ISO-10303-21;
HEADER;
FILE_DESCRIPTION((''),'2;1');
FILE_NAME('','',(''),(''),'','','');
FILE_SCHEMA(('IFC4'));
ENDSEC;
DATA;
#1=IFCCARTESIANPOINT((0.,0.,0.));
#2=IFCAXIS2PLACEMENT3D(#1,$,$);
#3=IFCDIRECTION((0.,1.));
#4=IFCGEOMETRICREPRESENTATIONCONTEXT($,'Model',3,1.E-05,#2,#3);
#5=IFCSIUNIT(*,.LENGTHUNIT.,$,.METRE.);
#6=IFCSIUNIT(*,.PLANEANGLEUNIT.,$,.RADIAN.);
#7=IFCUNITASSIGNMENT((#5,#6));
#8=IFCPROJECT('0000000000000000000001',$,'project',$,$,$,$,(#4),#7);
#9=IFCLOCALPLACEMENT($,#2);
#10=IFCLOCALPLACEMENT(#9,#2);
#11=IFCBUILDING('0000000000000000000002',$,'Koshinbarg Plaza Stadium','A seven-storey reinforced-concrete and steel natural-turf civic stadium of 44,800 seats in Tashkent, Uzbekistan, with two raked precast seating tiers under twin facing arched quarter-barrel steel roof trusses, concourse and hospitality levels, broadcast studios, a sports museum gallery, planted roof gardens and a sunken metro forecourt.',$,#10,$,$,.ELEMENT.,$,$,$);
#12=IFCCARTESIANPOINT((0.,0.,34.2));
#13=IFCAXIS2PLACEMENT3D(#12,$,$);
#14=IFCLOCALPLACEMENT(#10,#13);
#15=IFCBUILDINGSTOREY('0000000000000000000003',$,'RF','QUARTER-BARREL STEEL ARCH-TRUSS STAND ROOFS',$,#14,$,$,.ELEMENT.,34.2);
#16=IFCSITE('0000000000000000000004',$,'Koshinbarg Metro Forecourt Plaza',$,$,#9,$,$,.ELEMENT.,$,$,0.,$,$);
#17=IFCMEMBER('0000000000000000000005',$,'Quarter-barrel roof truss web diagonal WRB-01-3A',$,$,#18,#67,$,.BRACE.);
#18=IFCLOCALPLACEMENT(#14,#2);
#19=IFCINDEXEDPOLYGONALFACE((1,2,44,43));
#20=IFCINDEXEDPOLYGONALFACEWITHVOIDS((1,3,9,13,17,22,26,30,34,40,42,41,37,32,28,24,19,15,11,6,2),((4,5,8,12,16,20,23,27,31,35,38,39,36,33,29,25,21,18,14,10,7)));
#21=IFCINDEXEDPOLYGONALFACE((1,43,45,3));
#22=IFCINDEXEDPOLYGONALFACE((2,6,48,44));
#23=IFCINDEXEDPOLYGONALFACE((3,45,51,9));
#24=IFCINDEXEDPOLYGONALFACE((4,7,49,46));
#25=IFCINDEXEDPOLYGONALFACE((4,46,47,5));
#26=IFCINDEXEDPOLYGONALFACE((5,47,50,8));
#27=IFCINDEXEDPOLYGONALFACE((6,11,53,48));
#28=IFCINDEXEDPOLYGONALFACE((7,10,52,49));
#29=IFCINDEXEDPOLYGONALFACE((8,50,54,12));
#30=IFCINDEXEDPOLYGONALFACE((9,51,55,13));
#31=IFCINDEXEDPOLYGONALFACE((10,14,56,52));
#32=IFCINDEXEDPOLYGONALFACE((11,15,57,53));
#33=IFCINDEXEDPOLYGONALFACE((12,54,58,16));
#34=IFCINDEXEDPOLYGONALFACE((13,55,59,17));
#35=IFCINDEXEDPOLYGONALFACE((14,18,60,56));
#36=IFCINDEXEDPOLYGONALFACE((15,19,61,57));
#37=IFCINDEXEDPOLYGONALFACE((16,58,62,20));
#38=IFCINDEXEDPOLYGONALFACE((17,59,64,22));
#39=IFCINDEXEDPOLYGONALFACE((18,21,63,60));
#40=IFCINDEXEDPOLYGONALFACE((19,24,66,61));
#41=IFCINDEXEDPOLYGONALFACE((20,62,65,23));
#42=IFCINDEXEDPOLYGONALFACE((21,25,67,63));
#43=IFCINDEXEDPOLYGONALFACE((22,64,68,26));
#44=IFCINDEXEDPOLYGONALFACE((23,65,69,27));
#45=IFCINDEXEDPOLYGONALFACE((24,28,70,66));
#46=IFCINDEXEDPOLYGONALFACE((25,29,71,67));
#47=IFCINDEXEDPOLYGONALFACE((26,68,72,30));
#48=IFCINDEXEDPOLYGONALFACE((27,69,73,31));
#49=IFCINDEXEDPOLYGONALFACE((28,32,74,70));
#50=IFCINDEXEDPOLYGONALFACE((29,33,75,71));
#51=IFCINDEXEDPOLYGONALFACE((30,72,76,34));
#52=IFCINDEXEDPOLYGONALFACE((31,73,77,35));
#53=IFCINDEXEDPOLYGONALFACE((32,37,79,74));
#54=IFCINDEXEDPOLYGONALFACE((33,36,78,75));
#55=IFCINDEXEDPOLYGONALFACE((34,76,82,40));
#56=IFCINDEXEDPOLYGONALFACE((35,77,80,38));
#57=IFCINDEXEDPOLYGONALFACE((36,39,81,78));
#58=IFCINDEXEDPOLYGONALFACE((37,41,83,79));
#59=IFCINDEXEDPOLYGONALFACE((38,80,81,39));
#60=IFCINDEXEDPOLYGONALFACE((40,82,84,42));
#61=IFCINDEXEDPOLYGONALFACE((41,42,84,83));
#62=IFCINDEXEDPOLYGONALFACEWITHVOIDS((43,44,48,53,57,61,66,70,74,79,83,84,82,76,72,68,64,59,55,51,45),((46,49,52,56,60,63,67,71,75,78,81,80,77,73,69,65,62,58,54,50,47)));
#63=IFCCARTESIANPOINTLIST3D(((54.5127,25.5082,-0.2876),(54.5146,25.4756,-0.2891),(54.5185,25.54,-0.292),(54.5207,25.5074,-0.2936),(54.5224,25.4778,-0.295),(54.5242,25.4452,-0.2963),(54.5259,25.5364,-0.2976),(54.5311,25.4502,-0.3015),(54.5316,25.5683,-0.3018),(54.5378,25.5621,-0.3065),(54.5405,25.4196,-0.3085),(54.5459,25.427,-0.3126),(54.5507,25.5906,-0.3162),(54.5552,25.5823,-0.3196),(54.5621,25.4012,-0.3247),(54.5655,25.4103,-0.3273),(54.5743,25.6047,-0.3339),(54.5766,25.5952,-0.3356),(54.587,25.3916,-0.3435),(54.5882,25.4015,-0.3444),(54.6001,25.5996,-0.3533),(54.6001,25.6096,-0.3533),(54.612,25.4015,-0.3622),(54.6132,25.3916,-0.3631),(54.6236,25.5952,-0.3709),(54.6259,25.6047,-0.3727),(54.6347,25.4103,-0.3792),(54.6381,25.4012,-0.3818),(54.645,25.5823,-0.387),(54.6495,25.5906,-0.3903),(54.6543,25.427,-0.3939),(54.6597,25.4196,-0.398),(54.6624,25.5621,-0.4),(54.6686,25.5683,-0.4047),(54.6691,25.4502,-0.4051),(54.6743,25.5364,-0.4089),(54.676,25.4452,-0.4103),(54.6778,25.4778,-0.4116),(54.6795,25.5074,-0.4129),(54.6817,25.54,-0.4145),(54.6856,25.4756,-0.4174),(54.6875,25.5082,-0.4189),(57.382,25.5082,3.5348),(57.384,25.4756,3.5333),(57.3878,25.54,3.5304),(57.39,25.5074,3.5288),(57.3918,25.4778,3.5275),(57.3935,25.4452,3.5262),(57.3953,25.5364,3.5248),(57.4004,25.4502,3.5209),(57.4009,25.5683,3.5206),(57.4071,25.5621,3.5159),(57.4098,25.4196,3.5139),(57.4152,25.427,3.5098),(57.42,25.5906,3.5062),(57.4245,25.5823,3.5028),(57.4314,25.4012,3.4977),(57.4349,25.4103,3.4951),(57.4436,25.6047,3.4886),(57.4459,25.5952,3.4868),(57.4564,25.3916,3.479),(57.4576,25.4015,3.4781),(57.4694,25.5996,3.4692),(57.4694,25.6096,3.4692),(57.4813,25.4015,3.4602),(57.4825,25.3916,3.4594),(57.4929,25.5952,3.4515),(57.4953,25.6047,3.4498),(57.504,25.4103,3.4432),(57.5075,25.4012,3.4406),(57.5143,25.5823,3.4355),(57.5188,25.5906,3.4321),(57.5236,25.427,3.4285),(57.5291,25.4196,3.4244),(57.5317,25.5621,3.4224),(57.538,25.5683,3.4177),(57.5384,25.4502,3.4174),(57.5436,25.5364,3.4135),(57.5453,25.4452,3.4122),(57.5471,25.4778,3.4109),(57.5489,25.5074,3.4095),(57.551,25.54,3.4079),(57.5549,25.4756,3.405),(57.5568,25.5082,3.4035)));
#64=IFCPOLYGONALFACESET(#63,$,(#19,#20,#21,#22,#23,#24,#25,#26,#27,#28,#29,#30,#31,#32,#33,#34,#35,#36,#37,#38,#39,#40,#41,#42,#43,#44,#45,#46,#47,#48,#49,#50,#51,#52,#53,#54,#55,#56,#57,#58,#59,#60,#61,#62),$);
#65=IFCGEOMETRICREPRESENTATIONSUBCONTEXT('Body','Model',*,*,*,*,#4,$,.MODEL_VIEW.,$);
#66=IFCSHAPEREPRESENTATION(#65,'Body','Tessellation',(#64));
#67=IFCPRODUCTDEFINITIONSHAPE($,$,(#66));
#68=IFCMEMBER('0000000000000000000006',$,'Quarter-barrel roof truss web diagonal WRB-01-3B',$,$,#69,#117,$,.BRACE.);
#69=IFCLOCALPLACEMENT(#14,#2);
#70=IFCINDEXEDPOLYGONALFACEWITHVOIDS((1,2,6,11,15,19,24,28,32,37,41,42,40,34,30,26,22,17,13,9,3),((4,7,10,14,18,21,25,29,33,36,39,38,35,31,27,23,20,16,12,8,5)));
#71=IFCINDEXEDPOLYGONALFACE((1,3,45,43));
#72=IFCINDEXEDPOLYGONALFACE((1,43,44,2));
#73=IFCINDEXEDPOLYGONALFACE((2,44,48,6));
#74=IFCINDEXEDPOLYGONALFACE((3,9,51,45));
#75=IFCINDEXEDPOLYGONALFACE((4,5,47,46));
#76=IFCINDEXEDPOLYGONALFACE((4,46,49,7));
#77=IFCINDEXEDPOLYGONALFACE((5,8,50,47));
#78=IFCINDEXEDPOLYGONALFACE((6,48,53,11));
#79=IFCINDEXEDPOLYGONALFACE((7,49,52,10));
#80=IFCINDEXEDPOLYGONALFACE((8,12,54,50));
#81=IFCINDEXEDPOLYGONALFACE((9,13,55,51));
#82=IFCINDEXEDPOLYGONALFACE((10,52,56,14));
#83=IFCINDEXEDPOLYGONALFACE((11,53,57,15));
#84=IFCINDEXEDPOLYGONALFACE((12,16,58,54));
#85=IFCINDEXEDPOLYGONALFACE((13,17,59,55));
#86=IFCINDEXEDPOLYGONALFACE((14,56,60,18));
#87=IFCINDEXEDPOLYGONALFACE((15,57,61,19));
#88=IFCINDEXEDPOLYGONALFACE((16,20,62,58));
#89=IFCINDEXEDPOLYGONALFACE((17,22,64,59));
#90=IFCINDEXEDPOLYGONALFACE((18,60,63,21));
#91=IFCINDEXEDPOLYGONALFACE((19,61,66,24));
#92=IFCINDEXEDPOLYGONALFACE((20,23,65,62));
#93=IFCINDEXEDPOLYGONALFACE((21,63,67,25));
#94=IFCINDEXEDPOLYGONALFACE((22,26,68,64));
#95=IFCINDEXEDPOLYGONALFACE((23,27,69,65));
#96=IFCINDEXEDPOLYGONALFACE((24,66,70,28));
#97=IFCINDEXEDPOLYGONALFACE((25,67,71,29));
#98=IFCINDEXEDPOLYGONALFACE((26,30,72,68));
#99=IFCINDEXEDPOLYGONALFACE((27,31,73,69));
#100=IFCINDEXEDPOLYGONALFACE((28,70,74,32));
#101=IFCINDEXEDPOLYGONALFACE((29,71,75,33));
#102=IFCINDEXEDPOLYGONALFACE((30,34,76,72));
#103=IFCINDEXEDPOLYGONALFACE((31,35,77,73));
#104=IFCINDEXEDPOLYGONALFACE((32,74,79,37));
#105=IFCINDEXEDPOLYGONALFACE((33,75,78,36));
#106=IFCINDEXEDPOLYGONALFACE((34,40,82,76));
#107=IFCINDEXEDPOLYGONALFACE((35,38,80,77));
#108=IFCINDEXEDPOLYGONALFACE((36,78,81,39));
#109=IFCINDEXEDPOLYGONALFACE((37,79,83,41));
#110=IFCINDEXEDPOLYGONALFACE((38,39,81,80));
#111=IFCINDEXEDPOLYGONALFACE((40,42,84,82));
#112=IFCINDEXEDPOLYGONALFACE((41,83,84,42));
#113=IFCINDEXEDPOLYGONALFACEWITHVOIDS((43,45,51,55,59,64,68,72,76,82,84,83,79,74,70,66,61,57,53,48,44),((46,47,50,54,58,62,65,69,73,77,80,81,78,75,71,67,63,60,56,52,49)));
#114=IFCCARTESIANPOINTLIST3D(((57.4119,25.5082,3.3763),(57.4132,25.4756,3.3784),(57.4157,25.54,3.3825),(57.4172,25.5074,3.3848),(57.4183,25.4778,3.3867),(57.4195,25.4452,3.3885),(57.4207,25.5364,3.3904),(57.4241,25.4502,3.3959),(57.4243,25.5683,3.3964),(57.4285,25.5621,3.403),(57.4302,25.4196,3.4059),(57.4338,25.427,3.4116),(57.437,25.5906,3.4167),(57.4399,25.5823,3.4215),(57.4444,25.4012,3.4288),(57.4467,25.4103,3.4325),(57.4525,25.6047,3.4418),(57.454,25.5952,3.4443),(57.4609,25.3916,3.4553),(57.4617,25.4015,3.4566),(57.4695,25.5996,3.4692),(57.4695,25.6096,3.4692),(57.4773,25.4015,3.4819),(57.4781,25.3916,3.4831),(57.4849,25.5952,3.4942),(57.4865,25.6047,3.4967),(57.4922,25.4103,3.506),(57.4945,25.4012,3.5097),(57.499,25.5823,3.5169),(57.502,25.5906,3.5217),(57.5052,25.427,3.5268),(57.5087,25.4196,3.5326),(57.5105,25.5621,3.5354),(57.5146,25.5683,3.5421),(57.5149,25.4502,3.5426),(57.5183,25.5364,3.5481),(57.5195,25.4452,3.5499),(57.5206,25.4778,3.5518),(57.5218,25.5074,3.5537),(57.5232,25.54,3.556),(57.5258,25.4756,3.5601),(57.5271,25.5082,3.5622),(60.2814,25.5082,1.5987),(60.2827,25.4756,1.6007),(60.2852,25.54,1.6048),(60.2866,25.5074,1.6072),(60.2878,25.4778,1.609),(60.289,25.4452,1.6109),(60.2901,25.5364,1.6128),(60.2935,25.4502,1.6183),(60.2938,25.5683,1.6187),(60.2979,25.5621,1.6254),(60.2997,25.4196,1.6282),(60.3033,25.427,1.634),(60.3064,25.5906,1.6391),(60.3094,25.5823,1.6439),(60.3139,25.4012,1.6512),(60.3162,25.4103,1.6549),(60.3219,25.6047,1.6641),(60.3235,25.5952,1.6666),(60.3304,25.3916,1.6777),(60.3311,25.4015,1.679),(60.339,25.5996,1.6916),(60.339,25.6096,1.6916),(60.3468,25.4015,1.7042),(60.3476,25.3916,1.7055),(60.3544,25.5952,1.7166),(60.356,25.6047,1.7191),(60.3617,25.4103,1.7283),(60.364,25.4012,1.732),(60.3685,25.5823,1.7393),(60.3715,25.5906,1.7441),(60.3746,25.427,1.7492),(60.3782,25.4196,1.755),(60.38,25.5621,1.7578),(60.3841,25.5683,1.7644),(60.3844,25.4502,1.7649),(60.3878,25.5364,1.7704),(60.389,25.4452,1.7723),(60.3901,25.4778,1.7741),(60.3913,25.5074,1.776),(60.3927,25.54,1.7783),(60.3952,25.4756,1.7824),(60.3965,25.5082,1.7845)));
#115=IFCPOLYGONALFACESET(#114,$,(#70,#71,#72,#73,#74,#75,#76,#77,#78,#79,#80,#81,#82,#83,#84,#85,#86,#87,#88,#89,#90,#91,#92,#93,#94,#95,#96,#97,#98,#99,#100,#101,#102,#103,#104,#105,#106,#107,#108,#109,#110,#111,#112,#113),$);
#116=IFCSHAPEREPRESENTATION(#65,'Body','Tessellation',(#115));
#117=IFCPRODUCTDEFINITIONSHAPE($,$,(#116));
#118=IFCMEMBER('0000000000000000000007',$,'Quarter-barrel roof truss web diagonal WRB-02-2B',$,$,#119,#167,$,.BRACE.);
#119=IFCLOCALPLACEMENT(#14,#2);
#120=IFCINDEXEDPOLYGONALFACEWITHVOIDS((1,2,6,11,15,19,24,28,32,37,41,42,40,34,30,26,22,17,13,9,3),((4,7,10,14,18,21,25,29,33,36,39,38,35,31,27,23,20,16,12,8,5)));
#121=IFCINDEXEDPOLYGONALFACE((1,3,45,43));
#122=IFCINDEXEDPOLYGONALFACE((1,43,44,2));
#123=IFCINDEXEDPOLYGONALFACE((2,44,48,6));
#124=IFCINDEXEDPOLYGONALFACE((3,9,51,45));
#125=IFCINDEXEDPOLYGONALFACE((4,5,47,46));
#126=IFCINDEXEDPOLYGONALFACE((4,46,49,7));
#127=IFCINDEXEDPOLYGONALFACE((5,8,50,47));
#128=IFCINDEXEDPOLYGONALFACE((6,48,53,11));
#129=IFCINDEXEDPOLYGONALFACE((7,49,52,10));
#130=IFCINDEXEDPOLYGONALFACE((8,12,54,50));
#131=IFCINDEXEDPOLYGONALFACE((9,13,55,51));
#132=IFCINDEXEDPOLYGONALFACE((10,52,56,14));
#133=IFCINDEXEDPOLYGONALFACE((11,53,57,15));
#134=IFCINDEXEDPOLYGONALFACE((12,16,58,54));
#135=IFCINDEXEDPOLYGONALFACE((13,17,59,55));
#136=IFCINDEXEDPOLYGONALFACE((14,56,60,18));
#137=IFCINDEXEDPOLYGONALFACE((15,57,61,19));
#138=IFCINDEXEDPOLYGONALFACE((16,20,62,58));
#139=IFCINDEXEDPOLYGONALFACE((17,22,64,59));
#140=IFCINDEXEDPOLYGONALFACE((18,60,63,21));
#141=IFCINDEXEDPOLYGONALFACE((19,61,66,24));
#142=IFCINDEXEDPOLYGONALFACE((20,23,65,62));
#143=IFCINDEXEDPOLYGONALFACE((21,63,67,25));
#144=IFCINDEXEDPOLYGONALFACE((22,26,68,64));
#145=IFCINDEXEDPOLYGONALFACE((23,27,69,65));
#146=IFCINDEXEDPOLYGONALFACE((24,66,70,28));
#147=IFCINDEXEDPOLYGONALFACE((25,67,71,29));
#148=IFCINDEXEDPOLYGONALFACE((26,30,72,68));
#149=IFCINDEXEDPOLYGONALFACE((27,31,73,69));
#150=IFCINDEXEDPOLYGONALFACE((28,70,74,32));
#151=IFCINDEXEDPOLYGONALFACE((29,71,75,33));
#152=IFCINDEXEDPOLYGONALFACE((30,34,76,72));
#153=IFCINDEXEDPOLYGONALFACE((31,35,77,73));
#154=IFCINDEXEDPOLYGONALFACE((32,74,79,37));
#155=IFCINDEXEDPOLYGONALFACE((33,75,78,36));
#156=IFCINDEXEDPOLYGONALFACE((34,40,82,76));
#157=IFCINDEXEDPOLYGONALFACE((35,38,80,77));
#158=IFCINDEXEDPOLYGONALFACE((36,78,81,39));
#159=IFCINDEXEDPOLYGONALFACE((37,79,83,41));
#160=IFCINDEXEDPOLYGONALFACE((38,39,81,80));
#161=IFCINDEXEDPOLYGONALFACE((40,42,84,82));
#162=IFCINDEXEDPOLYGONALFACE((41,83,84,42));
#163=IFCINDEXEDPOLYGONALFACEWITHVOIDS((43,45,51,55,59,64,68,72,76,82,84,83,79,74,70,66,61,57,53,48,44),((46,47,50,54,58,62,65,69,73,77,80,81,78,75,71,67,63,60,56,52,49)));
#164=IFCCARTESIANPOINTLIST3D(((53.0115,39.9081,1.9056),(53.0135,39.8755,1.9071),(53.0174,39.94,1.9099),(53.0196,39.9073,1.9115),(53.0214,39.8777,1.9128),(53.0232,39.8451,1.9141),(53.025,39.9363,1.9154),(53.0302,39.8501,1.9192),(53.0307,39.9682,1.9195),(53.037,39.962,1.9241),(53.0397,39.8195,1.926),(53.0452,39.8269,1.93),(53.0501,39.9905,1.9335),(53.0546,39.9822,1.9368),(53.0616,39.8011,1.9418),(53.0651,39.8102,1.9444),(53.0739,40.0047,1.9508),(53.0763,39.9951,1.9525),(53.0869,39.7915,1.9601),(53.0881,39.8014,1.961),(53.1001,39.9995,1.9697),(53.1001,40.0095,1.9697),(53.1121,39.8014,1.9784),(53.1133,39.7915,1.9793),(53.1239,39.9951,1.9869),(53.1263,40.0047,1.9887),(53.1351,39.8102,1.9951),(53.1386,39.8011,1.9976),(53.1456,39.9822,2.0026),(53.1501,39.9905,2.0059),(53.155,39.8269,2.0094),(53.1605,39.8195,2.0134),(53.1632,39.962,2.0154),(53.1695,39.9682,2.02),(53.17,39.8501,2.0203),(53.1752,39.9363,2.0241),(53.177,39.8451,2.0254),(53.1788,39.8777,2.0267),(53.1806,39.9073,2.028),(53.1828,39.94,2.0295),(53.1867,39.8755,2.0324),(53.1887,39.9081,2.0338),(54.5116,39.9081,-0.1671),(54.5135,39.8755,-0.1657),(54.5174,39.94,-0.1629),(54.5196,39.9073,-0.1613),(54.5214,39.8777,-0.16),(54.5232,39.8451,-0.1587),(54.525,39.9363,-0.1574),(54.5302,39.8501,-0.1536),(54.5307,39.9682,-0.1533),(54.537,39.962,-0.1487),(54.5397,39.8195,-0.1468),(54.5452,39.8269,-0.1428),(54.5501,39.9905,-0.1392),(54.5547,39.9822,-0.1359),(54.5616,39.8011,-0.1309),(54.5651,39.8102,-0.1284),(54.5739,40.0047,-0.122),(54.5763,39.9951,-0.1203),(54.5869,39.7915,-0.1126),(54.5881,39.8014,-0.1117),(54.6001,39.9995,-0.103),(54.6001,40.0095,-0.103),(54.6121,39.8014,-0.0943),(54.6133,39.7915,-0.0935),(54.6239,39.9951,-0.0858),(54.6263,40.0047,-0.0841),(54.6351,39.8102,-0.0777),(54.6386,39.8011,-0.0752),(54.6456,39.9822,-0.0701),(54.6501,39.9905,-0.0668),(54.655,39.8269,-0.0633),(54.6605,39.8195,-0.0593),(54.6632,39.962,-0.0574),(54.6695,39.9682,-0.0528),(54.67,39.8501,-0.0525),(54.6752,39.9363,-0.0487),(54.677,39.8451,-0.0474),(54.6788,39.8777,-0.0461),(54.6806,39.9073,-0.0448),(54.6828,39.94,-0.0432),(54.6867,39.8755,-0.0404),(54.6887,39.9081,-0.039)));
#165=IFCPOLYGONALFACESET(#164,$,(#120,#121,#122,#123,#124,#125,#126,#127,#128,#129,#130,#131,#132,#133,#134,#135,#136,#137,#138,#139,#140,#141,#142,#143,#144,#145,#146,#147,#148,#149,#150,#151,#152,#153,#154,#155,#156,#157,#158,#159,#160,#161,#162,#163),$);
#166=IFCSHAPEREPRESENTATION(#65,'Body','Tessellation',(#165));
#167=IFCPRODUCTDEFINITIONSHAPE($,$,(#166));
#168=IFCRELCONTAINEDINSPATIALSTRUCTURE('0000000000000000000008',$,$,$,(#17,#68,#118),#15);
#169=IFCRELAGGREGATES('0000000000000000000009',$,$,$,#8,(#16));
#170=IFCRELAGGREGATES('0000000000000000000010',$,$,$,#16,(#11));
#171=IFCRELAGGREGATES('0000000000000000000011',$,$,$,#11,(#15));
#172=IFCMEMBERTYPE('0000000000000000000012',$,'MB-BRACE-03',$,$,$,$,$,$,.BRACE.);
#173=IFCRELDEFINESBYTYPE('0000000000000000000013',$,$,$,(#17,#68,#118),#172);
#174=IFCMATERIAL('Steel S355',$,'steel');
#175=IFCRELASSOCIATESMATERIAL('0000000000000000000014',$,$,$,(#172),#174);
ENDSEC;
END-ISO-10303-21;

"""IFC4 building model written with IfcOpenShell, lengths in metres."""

from ifc_helpers import new_model, si_unit, direction, frame, origin, origin_2d, place, context, subcontext, project, spatial, hollow_circle, extrude, material, material_profile, profile_set, type_object, element, save


model = new_model("IFC4")

# Units and contexts
model_context = context("Model", 3, precision=1e-05, world=origin(), true_north=direction((0.0, 1.0)))
body_context = subcontext(model_context, "Body", "Model", "MODEL_VIEW")
ifc_project = project(units=[si_unit("LENGTHUNIT", "METRE"), si_unit("PLANEANGLEUNIT", "RADIAN")], contexts=[model_context])

# Site, building, storey
site_placement = place(None, origin())
site = spatial("IfcSite", under=ifc_project, at=site_placement, Name="Koshinbarg Metro Forecourt Plaza", CompositionType="ELEMENT", RefElevation=0.0)
building_placement = place(site_placement, origin())
building = spatial("IfcBuilding", under=site, at=building_placement, Name="Koshinbarg Plaza Stadium", Description="A seven-storey reinforced-concrete and steel natural-turf civic stadium of 44,800 seats in Tashkent, Uzbekistan, with two raked precast seating tiers under twin facing arched quarter-barrel steel roof trusses, concourse and hospitality levels, broadcast studios, a sports museum gallery, planted roof gardens and a sunken metro forecourt.", CompositionType="ELEMENT")
storey_placement = place(building_placement, frame((0.0, 0.0, 34.2)))
storey = spatial("IfcBuildingStorey", under=building, at=storey_placement, Name="RF", Description="QUARTER-BARREL STEEL ARCH-TRUSS STAND ROOFS", CompositionType="ELEMENT", Elevation=34.2)

# Members
ifc_material_1 = material(Name="Steel S355", Category="steel")
ifc_material_profile_1 = material_profile(ifc_material_1, hollow_circle(Radius=0.1096, WallThickness=0.01, at=origin_2d()), Name="CHS 219.1x10")
ifc_profile_set_1 = profile_set([ifc_material_profile_1], Name="Steel S355")
member_type_1 = type_object("IfcMemberType", Name="MB-BRACE-03", PredefinedType="BRACE", material=ifc_profile_set_1)
member_1_placement = place(storey_placement, frame((54.6001, 25.5, -0.3533), z_axis=(0.600335, 0.0, 0.799749), x_axis=(0.0, 1.0, 0.0)))
element("IfcMember", 1, at=member_1_placement, inside=storey, type_object=member_type_1, Name="Quarter-barrel roof truss web diagonal WRB-01-3A", PredefinedType="BRACE", context=body_context, shape_type="SweptSolid", body=[
    extrude(hollow_circle(Radius=0.1096, WallThickness=0.01, at=origin_2d()), origin(), (0.0, 0.0, 1.0), 4.7795),
])
member_2_placement = place(storey_placement, frame((57.4695, 25.5, 3.4692), z_axis=(0.850092, 0.0, -0.526633), x_axis=(0.0, 1.0, 0.0)))
element("IfcMember", 2, at=member_2_placement, inside=storey, type_object=member_type_1, Name="Quarter-barrel roof truss web diagonal WRB-01-3B", PredefinedType="BRACE", context=body_context, shape_type="SweptSolid", body=[
    extrude(hollow_circle(Radius=0.1096, WallThickness=0.01, at=origin_2d()), origin(), (0.0, 0.0, 1.0), 3.3755),
])
member_3_placement = place(storey_placement, frame((53.1001, 39.8999, 1.9697), z_axis=(0.586264, 0.0, -0.81012), x_axis=(0.0, 1.0, 0.0)))
element("IfcMember", 3, at=member_3_placement, inside=storey, type_object=member_type_1, Name="Quarter-barrel roof truss web diagonal WRB-02-2B", PredefinedType="BRACE", context=body_context, shape_type="SweptSolid", body=[
    extrude(hollow_circle(Radius=0.1096, WallThickness=0.01, at=origin_2d()), origin(), (0.0, 0.0, 1.0), 2.5586),
])

save(model, "model.ifc")
